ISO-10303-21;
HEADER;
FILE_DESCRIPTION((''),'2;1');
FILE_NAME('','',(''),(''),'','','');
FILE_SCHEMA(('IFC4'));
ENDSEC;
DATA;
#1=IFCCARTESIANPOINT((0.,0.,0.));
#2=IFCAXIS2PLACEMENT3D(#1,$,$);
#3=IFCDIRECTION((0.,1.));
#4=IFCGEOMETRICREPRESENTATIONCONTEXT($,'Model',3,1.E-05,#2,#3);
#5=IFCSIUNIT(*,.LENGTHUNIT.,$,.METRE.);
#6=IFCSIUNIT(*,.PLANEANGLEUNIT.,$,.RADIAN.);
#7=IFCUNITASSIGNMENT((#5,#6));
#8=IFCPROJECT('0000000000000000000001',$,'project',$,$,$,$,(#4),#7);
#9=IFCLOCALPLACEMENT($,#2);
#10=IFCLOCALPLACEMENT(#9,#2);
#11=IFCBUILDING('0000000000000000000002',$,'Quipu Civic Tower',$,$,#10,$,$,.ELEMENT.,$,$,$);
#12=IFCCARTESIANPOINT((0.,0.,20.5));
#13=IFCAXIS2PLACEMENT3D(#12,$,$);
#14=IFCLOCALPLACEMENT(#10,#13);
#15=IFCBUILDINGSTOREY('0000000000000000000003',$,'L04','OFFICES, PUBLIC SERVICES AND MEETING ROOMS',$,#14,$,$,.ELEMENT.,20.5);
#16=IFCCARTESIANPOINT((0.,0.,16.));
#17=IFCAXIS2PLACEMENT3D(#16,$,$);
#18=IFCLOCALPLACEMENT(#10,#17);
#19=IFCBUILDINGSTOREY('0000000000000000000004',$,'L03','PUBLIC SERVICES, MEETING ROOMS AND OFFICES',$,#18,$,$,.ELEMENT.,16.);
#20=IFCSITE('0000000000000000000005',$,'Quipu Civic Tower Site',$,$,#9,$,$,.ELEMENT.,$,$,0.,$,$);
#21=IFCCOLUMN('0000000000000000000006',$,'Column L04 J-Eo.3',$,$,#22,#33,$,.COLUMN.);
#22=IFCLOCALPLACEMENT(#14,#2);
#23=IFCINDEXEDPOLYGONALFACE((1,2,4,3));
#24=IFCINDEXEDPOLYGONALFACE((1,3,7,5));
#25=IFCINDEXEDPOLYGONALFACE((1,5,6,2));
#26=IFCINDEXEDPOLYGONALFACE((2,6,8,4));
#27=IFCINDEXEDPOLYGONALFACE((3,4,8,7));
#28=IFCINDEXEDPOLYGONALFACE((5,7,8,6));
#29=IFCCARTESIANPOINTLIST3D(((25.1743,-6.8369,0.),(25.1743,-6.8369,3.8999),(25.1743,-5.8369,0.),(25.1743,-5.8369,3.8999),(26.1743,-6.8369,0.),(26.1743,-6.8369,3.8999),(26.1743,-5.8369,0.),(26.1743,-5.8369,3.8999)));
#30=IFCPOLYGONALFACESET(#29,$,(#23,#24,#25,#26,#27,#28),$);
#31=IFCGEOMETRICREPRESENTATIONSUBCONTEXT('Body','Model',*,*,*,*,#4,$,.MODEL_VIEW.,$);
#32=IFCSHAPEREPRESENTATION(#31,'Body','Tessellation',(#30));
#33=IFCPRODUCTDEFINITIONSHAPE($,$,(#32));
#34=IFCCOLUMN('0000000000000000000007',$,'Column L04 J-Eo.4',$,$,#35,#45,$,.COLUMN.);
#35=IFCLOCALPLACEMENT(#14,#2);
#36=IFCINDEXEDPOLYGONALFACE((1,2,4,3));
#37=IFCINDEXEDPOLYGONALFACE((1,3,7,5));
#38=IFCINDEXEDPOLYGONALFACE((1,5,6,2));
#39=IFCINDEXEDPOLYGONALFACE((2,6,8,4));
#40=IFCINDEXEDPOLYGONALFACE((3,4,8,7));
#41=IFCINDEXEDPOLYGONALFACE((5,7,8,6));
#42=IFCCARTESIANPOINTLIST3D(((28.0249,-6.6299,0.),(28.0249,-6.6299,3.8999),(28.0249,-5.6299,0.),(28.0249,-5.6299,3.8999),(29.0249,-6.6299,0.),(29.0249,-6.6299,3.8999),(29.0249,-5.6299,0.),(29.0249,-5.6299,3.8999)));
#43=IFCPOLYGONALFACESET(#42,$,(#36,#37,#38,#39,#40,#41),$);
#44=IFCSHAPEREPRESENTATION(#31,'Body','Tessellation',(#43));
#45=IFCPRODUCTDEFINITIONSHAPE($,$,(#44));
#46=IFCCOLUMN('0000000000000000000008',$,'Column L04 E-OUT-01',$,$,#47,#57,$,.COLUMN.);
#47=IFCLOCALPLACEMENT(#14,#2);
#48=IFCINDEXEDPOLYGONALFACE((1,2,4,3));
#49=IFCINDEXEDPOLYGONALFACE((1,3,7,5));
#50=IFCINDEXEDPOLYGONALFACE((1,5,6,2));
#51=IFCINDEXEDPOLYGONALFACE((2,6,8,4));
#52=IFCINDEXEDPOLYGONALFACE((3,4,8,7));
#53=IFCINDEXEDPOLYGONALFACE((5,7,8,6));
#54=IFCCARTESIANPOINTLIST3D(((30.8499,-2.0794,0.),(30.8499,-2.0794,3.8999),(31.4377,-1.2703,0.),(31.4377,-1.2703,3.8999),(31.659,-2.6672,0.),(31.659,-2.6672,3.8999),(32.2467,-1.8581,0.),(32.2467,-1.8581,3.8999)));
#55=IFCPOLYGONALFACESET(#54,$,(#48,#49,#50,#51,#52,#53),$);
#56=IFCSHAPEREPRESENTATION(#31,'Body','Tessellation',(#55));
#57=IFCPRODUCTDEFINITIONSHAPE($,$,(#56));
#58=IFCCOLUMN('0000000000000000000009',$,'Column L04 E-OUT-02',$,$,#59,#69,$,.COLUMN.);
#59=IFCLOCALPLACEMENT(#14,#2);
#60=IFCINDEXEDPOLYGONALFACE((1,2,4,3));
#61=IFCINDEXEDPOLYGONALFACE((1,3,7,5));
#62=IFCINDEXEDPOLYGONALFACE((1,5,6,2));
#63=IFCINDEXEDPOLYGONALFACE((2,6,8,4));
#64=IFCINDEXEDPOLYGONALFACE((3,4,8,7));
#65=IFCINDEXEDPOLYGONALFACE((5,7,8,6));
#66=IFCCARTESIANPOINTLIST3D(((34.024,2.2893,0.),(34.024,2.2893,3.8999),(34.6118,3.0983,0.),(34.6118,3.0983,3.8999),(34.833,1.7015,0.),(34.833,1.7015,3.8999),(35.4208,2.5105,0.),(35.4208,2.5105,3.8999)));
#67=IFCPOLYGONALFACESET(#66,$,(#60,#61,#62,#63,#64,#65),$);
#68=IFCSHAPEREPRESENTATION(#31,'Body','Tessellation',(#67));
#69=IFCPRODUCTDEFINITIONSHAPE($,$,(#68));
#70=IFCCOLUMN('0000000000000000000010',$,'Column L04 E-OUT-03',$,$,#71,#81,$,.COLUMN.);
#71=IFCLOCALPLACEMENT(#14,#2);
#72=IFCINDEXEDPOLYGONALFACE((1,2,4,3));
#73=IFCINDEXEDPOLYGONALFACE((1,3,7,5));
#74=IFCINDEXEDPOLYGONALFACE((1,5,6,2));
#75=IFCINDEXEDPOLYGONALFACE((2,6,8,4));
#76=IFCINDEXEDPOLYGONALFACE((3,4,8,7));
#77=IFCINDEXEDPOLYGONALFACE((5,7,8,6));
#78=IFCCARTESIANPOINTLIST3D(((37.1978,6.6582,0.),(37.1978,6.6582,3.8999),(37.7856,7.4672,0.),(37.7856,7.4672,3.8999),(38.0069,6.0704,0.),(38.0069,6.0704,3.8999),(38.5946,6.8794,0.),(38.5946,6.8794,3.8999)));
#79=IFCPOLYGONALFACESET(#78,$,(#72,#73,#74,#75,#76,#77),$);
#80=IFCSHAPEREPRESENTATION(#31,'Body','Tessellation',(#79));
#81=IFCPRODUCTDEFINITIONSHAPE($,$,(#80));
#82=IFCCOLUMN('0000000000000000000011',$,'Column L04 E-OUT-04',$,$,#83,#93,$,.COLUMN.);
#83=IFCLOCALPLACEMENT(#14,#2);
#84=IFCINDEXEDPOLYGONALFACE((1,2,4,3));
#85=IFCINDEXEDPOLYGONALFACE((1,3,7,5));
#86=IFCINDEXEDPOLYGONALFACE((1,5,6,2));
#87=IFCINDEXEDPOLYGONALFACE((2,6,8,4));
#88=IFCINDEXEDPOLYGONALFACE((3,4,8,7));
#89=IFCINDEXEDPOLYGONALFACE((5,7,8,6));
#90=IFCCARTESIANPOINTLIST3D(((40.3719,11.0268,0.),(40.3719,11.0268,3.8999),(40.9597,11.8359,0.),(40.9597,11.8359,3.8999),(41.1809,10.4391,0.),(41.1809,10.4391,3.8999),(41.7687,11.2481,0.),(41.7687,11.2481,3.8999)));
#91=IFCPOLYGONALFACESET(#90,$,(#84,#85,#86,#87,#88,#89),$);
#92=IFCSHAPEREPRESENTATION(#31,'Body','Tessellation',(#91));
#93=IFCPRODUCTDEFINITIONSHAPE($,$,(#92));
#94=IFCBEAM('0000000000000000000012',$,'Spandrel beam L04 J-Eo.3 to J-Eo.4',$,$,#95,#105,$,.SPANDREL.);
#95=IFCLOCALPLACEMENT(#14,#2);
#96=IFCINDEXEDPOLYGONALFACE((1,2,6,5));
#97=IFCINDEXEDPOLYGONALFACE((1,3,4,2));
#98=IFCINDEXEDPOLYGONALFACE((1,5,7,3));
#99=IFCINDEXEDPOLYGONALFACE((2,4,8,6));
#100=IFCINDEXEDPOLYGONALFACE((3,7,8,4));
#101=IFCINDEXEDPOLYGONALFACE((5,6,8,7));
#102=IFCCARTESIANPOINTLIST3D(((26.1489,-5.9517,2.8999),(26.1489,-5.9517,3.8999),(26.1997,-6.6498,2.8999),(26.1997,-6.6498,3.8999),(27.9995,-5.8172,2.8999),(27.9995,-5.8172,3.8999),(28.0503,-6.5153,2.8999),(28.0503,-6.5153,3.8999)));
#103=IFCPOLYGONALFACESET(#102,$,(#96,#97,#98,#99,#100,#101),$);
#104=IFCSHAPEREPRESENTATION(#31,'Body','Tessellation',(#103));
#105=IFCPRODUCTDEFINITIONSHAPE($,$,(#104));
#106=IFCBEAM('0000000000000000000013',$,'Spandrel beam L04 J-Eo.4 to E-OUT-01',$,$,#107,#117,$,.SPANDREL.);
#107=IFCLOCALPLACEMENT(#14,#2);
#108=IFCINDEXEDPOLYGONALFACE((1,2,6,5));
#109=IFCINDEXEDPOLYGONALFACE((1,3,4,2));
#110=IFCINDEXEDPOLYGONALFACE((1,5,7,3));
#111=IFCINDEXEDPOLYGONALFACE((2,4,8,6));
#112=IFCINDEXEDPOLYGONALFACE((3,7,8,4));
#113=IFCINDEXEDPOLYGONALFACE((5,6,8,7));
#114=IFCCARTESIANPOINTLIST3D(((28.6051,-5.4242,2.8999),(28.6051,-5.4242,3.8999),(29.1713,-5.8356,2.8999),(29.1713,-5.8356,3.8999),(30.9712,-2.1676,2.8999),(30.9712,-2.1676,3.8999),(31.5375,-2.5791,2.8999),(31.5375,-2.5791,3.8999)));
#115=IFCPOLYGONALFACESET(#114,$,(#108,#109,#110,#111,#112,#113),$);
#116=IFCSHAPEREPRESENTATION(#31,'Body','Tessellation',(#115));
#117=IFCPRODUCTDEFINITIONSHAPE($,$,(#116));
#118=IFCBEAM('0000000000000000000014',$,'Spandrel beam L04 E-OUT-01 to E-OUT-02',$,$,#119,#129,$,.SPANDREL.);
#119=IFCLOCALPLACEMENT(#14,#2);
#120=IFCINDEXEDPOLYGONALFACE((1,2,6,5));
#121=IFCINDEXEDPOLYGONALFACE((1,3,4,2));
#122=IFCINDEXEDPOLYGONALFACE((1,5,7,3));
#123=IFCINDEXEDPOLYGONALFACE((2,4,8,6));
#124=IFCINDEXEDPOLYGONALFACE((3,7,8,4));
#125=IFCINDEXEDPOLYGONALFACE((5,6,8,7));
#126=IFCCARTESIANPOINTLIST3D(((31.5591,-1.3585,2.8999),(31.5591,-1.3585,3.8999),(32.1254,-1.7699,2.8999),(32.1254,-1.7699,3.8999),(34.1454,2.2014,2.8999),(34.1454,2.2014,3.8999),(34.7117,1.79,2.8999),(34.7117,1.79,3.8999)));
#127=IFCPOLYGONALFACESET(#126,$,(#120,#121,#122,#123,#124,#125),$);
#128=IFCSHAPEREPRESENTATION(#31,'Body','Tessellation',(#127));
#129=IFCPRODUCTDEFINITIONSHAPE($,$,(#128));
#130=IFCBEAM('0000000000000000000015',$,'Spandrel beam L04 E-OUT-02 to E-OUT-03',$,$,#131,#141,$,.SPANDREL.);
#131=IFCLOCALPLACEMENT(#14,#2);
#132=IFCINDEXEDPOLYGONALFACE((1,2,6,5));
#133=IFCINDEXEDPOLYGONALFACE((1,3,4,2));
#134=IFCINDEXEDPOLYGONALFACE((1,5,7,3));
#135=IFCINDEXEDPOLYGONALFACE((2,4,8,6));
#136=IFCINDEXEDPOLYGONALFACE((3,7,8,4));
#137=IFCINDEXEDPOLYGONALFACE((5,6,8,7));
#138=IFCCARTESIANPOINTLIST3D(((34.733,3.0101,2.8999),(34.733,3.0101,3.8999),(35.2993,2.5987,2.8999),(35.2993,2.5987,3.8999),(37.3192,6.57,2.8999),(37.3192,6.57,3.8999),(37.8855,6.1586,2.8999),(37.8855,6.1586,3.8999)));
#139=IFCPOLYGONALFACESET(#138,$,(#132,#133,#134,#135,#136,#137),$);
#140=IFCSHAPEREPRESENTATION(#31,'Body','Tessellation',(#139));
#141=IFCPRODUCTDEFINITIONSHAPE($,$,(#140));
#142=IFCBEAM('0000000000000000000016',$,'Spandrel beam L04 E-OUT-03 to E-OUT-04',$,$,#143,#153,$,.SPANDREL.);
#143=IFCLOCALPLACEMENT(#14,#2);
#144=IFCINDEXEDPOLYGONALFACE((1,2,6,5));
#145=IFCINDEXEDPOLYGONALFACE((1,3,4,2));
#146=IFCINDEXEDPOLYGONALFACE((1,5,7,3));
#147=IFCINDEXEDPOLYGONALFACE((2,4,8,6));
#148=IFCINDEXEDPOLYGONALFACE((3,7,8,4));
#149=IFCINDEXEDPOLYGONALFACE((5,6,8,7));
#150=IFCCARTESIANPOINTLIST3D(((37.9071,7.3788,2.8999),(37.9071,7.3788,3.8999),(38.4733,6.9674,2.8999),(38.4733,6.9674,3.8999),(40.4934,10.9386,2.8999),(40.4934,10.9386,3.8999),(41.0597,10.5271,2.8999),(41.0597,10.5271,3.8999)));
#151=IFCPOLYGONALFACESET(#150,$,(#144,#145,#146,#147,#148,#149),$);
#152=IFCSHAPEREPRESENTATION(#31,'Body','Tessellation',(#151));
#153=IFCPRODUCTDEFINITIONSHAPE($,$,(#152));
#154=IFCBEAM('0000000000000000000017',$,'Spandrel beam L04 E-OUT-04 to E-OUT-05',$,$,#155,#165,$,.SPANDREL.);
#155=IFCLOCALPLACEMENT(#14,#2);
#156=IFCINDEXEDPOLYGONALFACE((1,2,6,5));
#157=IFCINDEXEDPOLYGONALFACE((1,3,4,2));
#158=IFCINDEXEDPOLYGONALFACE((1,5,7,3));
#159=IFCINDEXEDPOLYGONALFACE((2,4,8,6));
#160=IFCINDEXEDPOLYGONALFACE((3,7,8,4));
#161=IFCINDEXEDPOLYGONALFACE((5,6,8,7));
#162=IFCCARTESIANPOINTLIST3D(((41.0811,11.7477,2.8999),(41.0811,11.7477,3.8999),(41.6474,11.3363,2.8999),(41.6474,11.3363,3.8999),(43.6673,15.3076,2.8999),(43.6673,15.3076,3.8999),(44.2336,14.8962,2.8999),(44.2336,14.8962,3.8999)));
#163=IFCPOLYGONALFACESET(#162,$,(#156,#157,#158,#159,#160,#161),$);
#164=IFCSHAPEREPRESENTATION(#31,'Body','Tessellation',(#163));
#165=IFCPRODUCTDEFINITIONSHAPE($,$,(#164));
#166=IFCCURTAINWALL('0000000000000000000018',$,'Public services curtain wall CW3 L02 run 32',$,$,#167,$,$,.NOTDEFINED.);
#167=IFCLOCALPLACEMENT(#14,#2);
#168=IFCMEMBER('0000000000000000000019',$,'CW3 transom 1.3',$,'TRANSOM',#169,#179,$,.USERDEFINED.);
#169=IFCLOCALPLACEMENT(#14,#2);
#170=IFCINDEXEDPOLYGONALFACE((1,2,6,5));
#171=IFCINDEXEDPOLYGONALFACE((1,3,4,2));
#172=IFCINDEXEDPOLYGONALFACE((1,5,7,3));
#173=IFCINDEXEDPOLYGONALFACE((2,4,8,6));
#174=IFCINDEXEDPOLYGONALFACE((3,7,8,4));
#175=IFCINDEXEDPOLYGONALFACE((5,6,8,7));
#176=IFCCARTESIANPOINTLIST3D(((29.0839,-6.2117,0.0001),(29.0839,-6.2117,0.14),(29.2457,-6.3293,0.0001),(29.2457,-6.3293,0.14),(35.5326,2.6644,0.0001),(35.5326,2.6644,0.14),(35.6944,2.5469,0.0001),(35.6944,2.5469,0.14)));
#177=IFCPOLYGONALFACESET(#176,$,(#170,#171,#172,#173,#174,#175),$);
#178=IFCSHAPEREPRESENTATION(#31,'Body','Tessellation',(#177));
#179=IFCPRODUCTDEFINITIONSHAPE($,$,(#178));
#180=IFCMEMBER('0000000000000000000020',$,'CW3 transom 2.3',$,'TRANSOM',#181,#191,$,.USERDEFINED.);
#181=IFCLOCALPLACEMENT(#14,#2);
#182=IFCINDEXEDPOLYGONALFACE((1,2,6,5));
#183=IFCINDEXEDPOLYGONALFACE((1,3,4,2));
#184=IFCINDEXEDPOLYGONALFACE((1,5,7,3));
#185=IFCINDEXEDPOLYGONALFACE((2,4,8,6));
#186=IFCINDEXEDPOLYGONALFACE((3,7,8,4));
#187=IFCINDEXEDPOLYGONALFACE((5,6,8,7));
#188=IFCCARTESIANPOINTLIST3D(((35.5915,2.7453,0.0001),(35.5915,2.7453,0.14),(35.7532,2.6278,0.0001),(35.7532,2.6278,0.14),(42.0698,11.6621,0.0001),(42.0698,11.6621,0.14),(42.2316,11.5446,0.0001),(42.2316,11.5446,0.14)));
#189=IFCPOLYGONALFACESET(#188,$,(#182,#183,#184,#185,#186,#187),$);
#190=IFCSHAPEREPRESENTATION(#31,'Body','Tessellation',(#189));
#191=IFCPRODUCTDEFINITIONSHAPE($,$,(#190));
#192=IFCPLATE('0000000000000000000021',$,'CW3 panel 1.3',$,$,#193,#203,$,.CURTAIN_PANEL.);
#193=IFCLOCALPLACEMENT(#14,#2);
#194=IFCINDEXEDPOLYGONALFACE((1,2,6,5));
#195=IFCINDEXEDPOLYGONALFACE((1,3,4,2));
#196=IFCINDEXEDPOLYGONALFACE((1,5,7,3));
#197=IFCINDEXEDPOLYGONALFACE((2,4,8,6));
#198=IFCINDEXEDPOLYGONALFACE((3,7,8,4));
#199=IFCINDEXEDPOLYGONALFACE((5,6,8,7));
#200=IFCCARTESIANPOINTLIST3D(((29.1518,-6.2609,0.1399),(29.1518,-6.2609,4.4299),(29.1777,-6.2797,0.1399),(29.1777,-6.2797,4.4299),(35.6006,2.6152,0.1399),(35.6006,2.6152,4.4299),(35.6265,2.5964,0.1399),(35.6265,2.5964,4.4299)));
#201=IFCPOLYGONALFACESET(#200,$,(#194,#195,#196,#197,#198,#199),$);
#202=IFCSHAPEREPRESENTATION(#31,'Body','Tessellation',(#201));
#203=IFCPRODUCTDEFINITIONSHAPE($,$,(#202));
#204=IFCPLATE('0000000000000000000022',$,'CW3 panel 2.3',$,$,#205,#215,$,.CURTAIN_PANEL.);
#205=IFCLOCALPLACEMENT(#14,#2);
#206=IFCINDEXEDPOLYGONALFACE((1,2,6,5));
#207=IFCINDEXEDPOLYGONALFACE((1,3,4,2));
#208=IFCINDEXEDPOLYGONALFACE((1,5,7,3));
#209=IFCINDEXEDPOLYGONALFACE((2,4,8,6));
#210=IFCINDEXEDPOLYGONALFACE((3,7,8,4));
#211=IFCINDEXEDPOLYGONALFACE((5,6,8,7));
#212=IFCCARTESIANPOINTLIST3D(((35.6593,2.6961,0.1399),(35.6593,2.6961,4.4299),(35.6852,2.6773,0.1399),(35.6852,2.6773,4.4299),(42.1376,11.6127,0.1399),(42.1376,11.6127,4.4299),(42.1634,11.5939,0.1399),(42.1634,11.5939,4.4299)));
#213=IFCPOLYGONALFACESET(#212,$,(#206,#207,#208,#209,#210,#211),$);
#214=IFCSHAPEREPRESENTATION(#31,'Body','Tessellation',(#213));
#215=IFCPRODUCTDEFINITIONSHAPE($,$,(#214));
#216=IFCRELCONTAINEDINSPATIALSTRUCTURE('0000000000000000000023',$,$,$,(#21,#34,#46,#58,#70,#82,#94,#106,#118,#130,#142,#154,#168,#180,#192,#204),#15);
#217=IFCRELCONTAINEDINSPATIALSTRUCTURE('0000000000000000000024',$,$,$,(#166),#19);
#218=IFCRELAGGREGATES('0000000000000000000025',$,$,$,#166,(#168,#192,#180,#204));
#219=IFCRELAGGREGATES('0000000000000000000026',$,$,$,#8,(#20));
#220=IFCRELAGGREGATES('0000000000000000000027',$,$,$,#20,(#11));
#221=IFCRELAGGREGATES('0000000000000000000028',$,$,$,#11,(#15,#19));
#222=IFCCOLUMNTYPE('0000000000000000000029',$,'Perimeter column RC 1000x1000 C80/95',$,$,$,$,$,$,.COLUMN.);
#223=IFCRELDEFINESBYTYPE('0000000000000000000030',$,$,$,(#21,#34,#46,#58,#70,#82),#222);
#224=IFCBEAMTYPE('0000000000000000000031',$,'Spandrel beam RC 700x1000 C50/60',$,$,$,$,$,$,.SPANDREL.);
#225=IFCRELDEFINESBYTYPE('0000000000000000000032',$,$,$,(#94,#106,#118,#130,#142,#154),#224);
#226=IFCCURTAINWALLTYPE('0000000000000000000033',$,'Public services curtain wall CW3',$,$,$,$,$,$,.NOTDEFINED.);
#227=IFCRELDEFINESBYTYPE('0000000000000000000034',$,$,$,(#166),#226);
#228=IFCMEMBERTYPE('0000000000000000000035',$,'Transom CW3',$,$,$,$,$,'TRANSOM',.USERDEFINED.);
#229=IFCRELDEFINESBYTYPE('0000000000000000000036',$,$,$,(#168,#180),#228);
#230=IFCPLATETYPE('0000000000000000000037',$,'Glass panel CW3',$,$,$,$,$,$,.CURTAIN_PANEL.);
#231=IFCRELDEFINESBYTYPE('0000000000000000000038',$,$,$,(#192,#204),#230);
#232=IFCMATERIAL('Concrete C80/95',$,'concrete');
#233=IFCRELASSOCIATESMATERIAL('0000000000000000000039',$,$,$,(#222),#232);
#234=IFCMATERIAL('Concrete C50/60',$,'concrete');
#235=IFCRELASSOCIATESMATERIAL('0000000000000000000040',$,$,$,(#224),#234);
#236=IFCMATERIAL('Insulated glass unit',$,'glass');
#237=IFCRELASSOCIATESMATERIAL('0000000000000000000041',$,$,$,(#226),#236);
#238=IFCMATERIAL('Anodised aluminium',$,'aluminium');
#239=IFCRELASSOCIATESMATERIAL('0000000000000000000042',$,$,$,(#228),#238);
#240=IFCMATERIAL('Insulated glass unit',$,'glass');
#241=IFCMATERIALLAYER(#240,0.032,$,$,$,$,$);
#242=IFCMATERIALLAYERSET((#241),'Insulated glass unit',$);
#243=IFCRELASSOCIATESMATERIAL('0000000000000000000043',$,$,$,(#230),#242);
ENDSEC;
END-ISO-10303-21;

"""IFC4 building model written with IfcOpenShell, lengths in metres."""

from ifc_helpers import new_model, si_unit, direction, frame, origin, origin_2d, place, context, subcontext, project, spatial, rectangle, extrude, material, layer, layer_set, material_profile, profile_set, type_object, element, aggregate, save


model = new_model("IFC4")

# Units and contexts
model_context = context("Model", 3, precision=1e-05, world=origin(), true_north=direction((0.0, 1.0)))
body_context = subcontext(model_context, "Body", "Model", "MODEL_VIEW")
ifc_project = project(units=[si_unit("LENGTHUNIT", "METRE"), si_unit("PLANEANGLEUNIT", "RADIAN")], contexts=[model_context])

# Site, building, storey
site_placement = place(None, origin())
site = spatial("IfcSite", under=ifc_project, at=site_placement, Name="Quipu Civic Tower Site", CompositionType="ELEMENT", RefElevation=0.0)
building_placement = place(site_placement, origin())
building = spatial("IfcBuilding", under=site, at=building_placement, Name="Quipu Civic Tower", CompositionType="ELEMENT")
storey_1_placement = place(building_placement, frame((0.0, 0.0, 20.5)))
storey_1 = spatial("IfcBuildingStorey", under=building, at=storey_1_placement, Name="L04", Description="OFFICES, PUBLIC SERVICES AND MEETING ROOMS", CompositionType="ELEMENT", Elevation=20.5)

# Columns
ifc_material_1 = material(Name="Concrete C80/95", Category="concrete")
ifc_material_profile_1 = material_profile(ifc_material_1, rectangle(XDim=1.0, YDim=1.0, at=origin_2d()), Name="RC1000x1000")
ifc_profile_set_1 = profile_set([ifc_material_profile_1], Name="Concrete C80/95")
column_type = type_object("IfcColumnType", Name="Perimeter column RC 1000x1000 C80/95", PredefinedType="COLUMN", material=ifc_profile_set_1)
for number, where, z_axis, x_axis, name in (
    (1, (25.6743, -6.3369, 0.0), (0.0, 0.0, 1.0), (1.0, 0.0, 0.0), "Column L04 J-Eo.3"),
    (2, (28.5249, -6.1299, 0.0), (0.0, 0.0, 1.0), (1.0, 0.0, 0.0), "Column L04 J-Eo.4"),
    (3, (31.5483, -1.9688, 0.0), (0.0, 0.0, 1.0), (0.587785, 0.809017, 0.0), "Column L04 E-OUT-01"),
    (4, (34.7224, 2.3999, 0.0), (0.0, 0.0, 1.0), (0.587785, 0.809017, 0.0), "Column L04 E-OUT-02"),
    (5, (37.8962, 6.7688, 0.0), (0.0, 0.0, 1.0), (0.587785, 0.809017, 0.0), "Column L04 E-OUT-03"),
    (6, (41.0703, 11.1375, 0.0), (0.0, 0.0, 1.0), (0.587785, 0.809017, 0.0), "Column L04 E-OUT-04"),
):
    element("IfcColumn", number, at=place(storey_1_placement, frame(where, z_axis=z_axis, x_axis=x_axis)), inside=storey_1, type_object=column_type, Name=name, PredefinedType="COLUMN", context=body_context, shape_type="SweptSolid", body=[
        extrude(rectangle(XDim=1.0, YDim=1.0, at=origin_2d()), origin(), (0.0, 0.0, 1.0), 3.8999),
    ])

# Beams
ifc_material_2 = material(Name="Concrete C50/60", Category="concrete")
ifc_material_profile_2 = material_profile(ifc_material_2, rectangle(XDim=0.7, YDim=1.0, at=origin_2d()), Name="RC700x1000")
ifc_profile_set_2 = profile_set([ifc_material_profile_2], Name="Concrete C50/60")
beam_type = type_object("IfcBeamType", Name="Spandrel beam RC 700x1000 C50/60", PredefinedType="SPANDREL", material=ifc_profile_set_2)
beam_1_placement = place(storey_1_placement, frame((26.1743, -6.3008, 3.3999), z_axis=(0.997368, 0.0725, 0.0), x_axis=(-0.0725, 0.997368, 0.0)))
element("IfcBeam", 7, at=beam_1_placement, inside=storey_1, type_object=beam_type, Name="Spandrel beam L04 J-Eo.3 to J-Eo.4", PredefinedType="SPANDREL", context=body_context, shape_type="SweptSolid", body=[
    extrude(rectangle(XDim=0.7, YDim=1.0, at=origin_2d()), origin(), (0.0, 0.0, 1.0), 1.8555),
])
beam_2_placement = place(storey_1_placement, frame((28.8882, -5.6299, 3.3999), z_axis=(0.587811, 0.808998, 0.0), x_axis=(-0.808998, 0.587811, 0.0)))
element("IfcBeam", 8, at=beam_2_placement, inside=storey_1, type_object=beam_type, Name="Spandrel beam L04 J-Eo.4 to E-OUT-01", PredefinedType="SPANDREL", context=body_context, shape_type="SweptSolid", body=[
    extrude(rectangle(XDim=0.7, YDim=1.0, at=origin_2d()), origin(), (0.0, 0.0, 1.0), 4.0254),
])
for number, where, z_axis, x_axis, name in (
    (9, (31.8423, -1.5642, 3.3999), (0.587759, 0.809036, 0.0), (-0.809036, 0.587759, 0.0), "Spandrel beam L04 E-OUT-01 to E-OUT-02"),
    (10, (35.0161, 2.8044, 3.3999), (0.587759, 0.809036, 0.0), (-0.809036, 0.587759, 0.0), "Spandrel beam L04 E-OUT-02 to E-OUT-03"),
    (11, (38.1902, 7.1731, 3.3999), (0.587796, 0.80901, 0.0), (-0.80901, 0.587796, 0.0), "Spandrel beam L04 E-OUT-03 to E-OUT-04"),
    (12, (41.3643, 11.542, 3.3999), (0.587759, 0.809036, 0.0), (-0.809036, 0.587759, 0.0), "Spandrel beam L04 E-OUT-04 to E-OUT-05"),
):
    element("IfcBeam", number, at=place(storey_1_placement, frame(where, z_axis=z_axis, x_axis=x_axis)), inside=storey_1, type_object=beam_type, Name=name, PredefinedType="SPANDREL", context=body_context, shape_type="SweptSolid", body=[
        extrude(rectangle(XDim=0.7, YDim=1.0, at=origin_2d()), origin(), (0.0, 0.0, 1.0), 4.4001),
    ])

# Shared definitions
storey_2_placement = place(building_placement, frame((0.0, 0.0, 16.0)))
storey_2 = spatial("IfcBuildingStorey", under=building, at=storey_2_placement, Name="L03", Description="PUBLIC SERVICES, MEETING ROOMS AND OFFICES", CompositionType="ELEMENT", Elevation=16.0)

# Curtain wall, members, plates
ifc_material_3 = material(Name="Insulated glass unit", Category="glass")
curtain_wall_type = type_object("IfcCurtainWallType", Name="Public services curtain wall CW3", PredefinedType="NOTDEFINED", material=ifc_material_3)
curtain_wall_placement = place(storey_2_placement, origin())
curtain_wall = element("IfcCurtainWall", 13, at=curtain_wall_placement, inside=storey_2, type_object=curtain_wall_type, Name="Public services curtain wall CW3 L02 run 32", PredefinedType="NOTDEFINED")
ifc_material_4 = material(Name="Anodised aluminium", Category="aluminium")
ifc_material_profile_3 = material_profile(ifc_material_4, rectangle(XDim=0.2, YDim=0.1399, at=origin_2d()), Name="RECT 200x140")
ifc_profile_set_3 = profile_set([ifc_material_profile_3], Name="Anodised aluminium")
member_type = type_object("IfcMemberType", Name="Transom CW3", ElementType="TRANSOM", PredefinedType="USERDEFINED", material=ifc_profile_set_3)
member_1_placement = place(storey_1_placement, frame((29.1648, -6.2705, 0.0701), z_axis=(0.587772, 0.809027, 0.0), x_axis=(-0.809027, 0.587772, 0.0)))
member_1 = element("IfcMember", 14, at=member_1_placement, inside=storey_1, type_object=member_type, Name="CW3 transom 1.3", ObjectType="TRANSOM", PredefinedType="USERDEFINED", context=body_context, shape_type="SweptSolid", body=[
    extrude(rectangle(XDim=0.2, YDim=0.1399, at=origin_2d()), origin(), (0.0, 0.0, 1.0), 10.9714),
])
member_2_placement = place(storey_1_placement, frame((35.6724, 2.6865, 0.0701), z_axis=(0.587778, 0.809022, 0.0), x_axis=(-0.809022, 0.587778, 0.0)))
member_2 = element("IfcMember", 15, at=member_2_placement, inside=storey_1, type_object=member_type, Name="CW3 transom 2.3", ObjectType="TRANSOM", PredefinedType="USERDEFINED", context=body_context, shape_type="SweptSolid", body=[
    extrude(rectangle(XDim=0.2, YDim=0.1399, at=origin_2d()), origin(), (0.0, 0.0, 1.0), 11.0217),
])
ifc_material_5 = material(Name="Insulated glass unit", Category="glass")
ifc_layer_1 = layer(ifc_material_5, 0.032)
ifc_layer_set_1 = layer_set([ifc_layer_1], Name="Insulated glass unit")
plate_type_1 = type_object("IfcPlateType", Name="Glass panel CW3", PredefinedType="CURTAIN_PANEL", material=ifc_layer_set_1)
plate_1_placement = place(storey_1_placement, frame((32.3892, -1.8323, 0.1399), z_axis=(0.0, 0.0, 1.0), x_axis=(0.587785, 0.809017, 0.0)))
plate_1 = element("IfcPlate", 16, at=plate_1_placement, inside=storey_1, type_object=plate_type_1, Name="CW3 panel 1.3", PredefinedType="CURTAIN_PANEL", context=body_context, shape_type="SweptSolid", body=[
    extrude(rectangle(XDim=10.9714, YDim=0.032, at=origin_2d()), origin(), (0.0, 0.0, 1.0), 4.29),
])
plate_2_placement = place(storey_1_placement, frame((38.9114, 7.145, 0.1399), z_axis=(0.0, 0.0, 1.0), x_axis=(0.587785, 0.809017, 0.0)))
plate_2 = element("IfcPlate", 17, at=plate_2_placement, inside=storey_1, type_object=plate_type_1, Name="CW3 panel 2.3", PredefinedType="CURTAIN_PANEL", context=body_context, shape_type="SweptSolid", body=[
    extrude(rectangle(XDim=11.0215, YDim=0.032, at=origin_2d()), origin(), (0.0, 0.0, 1.0), 4.29),
])
aggregate(curtain_wall, [member_1, plate_1, member_2, plate_2])

save(model, "model.ifc")
